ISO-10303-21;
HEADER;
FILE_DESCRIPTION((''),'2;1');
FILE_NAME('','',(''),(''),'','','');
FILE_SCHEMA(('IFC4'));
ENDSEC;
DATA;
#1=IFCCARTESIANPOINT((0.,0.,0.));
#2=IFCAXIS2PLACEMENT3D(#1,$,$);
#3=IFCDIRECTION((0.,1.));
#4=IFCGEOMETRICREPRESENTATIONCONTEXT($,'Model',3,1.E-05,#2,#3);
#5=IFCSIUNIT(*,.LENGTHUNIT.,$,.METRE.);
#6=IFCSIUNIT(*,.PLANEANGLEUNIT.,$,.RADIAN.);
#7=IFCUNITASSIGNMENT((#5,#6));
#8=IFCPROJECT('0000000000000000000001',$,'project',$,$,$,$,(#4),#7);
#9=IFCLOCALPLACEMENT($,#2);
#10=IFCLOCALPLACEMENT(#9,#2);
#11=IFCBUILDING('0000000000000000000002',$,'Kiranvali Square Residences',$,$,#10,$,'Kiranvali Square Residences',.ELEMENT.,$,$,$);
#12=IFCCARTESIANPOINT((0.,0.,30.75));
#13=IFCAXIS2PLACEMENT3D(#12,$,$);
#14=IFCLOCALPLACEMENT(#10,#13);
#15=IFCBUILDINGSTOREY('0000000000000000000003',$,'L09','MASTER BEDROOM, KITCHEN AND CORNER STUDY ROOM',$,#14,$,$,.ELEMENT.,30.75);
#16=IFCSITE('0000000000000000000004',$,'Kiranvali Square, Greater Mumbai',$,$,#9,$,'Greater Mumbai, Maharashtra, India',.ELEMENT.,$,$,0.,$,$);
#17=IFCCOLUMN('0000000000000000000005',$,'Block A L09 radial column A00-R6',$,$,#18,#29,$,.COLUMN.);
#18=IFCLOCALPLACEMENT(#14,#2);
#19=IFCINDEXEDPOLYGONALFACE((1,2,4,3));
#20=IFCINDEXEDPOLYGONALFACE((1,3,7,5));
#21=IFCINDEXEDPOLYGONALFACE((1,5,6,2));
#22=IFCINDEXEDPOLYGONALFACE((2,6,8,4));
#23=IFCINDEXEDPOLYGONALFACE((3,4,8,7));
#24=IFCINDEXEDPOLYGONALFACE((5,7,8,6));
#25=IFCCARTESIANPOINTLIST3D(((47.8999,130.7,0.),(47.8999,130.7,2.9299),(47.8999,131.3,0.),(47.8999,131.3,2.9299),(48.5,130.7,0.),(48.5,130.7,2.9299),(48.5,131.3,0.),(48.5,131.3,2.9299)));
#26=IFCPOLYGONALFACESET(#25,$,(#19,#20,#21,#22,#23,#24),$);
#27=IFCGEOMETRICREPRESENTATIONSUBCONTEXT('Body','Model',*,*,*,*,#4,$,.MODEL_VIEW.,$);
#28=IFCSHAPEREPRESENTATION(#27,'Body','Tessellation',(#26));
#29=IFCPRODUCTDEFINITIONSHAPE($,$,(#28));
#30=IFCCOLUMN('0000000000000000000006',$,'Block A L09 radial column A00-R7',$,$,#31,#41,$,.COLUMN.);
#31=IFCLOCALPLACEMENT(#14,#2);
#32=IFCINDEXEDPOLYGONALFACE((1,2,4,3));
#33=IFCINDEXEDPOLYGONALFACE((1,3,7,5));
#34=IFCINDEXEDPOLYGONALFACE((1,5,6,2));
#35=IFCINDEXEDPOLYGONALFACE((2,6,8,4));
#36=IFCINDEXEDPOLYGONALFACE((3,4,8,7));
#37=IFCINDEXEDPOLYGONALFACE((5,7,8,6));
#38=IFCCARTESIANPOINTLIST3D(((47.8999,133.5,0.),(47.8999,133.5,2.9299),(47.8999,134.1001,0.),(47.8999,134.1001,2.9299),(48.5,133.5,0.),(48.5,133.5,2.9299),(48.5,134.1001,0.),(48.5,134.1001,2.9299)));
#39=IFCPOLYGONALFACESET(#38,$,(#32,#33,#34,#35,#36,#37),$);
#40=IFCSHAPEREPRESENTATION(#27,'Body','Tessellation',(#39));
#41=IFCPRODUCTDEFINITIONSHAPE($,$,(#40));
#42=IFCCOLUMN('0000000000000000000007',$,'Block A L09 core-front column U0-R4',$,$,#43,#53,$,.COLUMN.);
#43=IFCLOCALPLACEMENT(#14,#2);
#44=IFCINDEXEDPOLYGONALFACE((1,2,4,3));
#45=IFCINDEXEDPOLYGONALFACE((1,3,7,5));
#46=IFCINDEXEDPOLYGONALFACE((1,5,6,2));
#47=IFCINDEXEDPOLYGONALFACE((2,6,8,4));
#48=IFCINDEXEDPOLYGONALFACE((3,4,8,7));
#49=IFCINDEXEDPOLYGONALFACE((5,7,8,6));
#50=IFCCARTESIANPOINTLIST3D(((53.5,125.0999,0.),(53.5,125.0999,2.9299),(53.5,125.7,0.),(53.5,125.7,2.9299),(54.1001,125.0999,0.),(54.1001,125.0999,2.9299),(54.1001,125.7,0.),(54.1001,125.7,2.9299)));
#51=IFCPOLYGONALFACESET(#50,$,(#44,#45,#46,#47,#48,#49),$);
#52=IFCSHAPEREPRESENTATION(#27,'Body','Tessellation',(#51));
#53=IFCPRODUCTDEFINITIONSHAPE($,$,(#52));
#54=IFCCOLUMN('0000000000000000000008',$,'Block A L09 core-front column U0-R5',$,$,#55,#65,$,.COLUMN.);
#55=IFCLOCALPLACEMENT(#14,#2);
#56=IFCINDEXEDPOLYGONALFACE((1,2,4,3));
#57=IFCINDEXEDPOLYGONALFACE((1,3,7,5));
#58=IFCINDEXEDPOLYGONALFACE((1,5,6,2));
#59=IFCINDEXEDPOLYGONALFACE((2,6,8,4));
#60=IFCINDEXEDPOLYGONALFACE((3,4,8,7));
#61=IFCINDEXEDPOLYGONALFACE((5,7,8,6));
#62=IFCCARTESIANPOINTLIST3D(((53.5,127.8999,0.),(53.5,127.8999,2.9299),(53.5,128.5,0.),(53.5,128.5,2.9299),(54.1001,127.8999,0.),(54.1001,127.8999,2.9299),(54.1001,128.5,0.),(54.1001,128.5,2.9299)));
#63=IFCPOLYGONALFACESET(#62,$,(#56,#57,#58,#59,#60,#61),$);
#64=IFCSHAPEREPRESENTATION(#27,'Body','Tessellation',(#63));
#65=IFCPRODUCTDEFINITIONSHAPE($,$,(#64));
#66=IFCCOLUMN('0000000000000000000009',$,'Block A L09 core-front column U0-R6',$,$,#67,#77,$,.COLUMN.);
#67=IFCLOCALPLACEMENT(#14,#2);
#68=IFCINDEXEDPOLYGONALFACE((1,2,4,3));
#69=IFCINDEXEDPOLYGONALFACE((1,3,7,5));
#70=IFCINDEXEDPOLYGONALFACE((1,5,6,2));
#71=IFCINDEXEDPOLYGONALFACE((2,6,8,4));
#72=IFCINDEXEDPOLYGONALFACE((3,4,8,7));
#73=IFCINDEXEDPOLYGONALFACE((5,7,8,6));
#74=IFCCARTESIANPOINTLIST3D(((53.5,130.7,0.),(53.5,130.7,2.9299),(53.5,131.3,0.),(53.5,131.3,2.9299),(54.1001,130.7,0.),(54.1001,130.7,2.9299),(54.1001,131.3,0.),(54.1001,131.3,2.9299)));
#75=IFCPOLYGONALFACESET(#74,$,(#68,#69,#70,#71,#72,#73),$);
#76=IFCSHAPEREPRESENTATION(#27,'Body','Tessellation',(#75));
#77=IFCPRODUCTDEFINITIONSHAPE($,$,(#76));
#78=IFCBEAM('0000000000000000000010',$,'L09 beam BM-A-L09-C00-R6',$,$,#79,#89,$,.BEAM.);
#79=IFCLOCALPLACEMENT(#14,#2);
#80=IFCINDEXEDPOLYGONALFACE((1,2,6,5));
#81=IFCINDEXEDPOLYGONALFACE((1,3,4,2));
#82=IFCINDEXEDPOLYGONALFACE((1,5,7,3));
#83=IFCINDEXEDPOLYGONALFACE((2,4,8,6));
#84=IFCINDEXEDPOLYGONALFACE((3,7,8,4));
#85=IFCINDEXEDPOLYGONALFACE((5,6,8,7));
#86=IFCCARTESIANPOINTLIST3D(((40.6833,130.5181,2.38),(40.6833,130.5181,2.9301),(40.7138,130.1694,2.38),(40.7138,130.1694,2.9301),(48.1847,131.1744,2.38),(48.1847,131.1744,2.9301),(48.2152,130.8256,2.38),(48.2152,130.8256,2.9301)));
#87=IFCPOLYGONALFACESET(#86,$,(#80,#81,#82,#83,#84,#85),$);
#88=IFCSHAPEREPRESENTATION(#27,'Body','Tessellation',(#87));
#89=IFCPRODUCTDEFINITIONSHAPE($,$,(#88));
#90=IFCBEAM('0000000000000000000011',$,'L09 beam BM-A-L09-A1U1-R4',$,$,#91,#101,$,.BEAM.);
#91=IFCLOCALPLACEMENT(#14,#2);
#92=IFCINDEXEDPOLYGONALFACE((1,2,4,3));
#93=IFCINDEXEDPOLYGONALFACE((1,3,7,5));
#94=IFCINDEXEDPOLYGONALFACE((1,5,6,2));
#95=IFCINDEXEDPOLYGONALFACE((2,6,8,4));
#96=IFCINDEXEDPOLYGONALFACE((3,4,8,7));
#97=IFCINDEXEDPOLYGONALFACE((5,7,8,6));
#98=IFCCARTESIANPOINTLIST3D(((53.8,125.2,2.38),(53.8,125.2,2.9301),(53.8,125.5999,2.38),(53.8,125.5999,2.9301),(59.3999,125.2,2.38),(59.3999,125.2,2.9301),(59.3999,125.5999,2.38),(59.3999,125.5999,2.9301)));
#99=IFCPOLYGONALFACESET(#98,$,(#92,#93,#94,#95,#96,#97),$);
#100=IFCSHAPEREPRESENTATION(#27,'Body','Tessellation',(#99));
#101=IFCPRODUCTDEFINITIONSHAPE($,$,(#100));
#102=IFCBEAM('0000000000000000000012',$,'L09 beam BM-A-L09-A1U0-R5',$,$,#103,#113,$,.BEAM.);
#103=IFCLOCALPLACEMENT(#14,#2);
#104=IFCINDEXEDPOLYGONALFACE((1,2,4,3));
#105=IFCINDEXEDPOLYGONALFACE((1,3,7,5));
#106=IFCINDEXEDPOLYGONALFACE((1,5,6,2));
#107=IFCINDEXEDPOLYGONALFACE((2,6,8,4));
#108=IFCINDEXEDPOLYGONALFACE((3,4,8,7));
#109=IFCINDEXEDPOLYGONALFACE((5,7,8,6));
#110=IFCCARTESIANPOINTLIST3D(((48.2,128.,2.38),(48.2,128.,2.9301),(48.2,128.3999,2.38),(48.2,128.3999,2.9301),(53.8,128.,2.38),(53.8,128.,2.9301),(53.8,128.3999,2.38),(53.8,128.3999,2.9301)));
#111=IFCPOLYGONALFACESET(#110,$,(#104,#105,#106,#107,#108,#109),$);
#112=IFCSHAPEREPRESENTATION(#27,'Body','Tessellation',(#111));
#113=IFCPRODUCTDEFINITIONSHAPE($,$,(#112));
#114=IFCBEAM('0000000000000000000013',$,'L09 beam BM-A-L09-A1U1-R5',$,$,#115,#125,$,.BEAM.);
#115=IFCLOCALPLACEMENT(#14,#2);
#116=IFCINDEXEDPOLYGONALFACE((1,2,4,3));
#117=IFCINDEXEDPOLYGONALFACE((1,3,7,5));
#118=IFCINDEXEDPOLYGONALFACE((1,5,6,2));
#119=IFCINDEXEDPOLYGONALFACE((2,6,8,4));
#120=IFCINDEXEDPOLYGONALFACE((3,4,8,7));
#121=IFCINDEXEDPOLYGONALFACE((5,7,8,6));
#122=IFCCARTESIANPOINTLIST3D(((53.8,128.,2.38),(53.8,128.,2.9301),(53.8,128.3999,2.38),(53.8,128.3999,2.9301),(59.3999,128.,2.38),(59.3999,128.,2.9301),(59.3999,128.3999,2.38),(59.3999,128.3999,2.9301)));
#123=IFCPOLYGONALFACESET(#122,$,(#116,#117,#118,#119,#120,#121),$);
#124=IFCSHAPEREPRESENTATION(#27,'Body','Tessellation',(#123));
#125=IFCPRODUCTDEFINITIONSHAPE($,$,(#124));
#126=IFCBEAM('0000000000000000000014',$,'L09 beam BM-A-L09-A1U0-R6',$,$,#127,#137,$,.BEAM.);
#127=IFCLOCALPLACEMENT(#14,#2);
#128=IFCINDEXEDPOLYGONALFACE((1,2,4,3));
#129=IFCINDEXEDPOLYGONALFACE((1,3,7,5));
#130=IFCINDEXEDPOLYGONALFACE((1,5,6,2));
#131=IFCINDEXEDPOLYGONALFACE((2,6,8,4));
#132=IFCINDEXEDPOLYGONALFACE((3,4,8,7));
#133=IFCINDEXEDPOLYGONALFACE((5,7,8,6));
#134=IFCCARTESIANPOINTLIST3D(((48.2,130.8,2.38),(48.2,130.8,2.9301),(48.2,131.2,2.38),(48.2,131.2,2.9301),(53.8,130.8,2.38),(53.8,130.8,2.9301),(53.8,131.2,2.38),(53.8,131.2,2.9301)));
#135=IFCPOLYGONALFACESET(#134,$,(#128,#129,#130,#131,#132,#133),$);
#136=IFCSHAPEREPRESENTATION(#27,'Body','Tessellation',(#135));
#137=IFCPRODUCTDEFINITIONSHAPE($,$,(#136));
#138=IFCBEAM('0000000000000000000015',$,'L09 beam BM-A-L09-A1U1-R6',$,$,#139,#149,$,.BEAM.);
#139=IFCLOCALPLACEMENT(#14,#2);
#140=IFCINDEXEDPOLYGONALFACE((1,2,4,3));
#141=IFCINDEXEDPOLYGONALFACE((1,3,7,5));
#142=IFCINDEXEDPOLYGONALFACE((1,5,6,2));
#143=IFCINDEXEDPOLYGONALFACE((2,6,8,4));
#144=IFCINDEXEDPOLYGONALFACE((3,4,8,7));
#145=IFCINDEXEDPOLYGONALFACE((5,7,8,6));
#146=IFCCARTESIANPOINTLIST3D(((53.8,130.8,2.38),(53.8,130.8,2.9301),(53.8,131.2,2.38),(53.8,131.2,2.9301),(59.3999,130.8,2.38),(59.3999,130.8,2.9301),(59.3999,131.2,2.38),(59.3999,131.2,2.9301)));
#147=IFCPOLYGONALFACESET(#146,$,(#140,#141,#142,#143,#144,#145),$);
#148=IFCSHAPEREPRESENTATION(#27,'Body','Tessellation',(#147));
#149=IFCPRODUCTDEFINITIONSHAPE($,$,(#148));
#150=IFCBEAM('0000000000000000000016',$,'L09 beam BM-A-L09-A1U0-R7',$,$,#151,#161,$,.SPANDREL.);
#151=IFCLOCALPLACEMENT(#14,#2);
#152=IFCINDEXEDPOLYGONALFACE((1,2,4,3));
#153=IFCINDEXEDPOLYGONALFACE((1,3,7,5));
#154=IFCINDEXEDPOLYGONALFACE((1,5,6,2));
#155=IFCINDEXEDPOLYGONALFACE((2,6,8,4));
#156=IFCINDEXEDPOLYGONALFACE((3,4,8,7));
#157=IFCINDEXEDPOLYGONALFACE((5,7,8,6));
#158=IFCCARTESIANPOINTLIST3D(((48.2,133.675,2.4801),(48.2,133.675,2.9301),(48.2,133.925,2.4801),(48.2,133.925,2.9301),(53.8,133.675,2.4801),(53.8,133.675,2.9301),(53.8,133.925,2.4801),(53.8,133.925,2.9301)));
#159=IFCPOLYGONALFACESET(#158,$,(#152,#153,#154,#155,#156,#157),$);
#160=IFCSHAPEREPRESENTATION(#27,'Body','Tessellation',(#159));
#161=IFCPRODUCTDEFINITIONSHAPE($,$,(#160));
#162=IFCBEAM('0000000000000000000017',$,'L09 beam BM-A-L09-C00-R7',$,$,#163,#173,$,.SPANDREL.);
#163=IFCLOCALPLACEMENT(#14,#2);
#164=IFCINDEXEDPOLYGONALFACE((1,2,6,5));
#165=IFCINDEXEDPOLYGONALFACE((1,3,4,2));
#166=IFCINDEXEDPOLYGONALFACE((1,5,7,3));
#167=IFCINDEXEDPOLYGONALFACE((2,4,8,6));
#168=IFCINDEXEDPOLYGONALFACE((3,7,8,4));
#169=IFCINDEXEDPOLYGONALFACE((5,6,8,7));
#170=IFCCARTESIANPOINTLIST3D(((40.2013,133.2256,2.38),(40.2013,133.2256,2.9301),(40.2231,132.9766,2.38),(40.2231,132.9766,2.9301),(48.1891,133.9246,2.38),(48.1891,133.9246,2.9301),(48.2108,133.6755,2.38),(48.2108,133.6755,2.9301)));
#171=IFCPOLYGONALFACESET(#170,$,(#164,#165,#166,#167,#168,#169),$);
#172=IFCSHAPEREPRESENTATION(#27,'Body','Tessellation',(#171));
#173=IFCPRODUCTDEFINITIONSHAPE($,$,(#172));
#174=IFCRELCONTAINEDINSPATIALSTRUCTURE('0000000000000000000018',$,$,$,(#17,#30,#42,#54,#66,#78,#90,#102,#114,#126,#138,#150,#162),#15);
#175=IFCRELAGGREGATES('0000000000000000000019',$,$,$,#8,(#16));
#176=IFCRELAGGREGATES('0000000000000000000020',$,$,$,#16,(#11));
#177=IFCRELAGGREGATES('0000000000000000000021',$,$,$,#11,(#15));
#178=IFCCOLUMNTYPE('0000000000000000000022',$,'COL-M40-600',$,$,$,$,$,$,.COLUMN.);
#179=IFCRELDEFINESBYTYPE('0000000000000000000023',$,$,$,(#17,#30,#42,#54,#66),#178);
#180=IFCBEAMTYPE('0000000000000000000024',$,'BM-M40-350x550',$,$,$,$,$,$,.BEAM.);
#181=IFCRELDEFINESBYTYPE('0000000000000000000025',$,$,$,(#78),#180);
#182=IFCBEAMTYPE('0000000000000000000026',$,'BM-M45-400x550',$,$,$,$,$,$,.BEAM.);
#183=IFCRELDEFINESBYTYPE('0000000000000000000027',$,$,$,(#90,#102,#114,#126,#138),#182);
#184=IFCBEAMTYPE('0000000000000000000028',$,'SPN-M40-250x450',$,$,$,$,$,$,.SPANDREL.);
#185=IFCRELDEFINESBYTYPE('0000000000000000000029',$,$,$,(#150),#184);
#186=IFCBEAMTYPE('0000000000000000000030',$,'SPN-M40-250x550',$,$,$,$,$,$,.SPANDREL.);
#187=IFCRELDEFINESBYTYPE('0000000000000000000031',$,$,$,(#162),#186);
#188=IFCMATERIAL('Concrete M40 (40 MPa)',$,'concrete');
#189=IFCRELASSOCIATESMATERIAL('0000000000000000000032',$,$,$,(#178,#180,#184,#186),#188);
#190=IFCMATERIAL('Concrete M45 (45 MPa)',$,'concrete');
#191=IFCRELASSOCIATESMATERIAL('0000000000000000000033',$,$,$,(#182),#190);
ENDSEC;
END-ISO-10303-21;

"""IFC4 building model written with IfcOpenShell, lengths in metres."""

from ifc_helpers import new_model, si_unit, direction, frame, origin, origin_2d, place, context, subcontext, project, spatial, rectangle, extrude, material, material_profile, profile_set, type_object, element, save


model = new_model("IFC4")

# Units and contexts
model_context = context("Model", 3, precision=1e-05, world=origin(), true_north=direction((0.0, 1.0)))
body_context = subcontext(model_context, "Body", "Model", "MODEL_VIEW")
ifc_project = project(units=[si_unit("LENGTHUNIT", "METRE"), si_unit("PLANEANGLEUNIT", "RADIAN")], contexts=[model_context])

# Site, building, storey
site_placement = place(None, origin())
site = spatial("IfcSite", under=ifc_project, at=site_placement, Name="Kiranvali Square, Greater Mumbai", LongName="Greater Mumbai, Maharashtra, India", CompositionType="ELEMENT", RefElevation=0.0)
building_placement = place(site_placement, origin())
building = spatial("IfcBuilding", under=site, at=building_placement, Name="Kiranvali Square Residences", LongName="Kiranvali Square Residences", CompositionType="ELEMENT")
storey_placement = place(building_placement, frame((0.0, 0.0, 30.75)))
storey = spatial("IfcBuildingStorey", under=building, at=storey_placement, Name="L09", Description="MASTER BEDROOM, KITCHEN AND CORNER STUDY ROOM", CompositionType="ELEMENT", Elevation=30.75)

# Columns
ifc_material_1 = material(Name="Concrete M40 (40 MPa)", Category="concrete")
ifc_material_profile_1 = material_profile(ifc_material_1, rectangle(XDim=0.6001, YDim=0.6001, at=origin_2d()), Name="RC 600x600")
ifc_profile_set_1 = profile_set([ifc_material_profile_1], Name="Concrete M40 (40 MPa)")
column_type = type_object("IfcColumnType", Name="COL-M40-600", PredefinedType="COLUMN", material=ifc_profile_set_1)
for number, where, z_axis, x_axis, name in (
    (1, (48.2, 131.0, 0.0), (0.0, 0.0, 1.0), (1.0, 0.0, 0.0), "Block A L09 radial column A00-R6"),
    (2, (48.2, 133.8, 0.0), (0.0, 0.0, 1.0), (1.0, 0.0, 0.0), "Block A L09 radial column A00-R7"),
    (3, (53.8, 125.3999, 0.0), (0.0, 0.0, 1.0), (1.0, 0.0, 0.0), "Block A L09 core-front column U0-R4"),
    (4, (53.8, 128.2, 0.0), (0.0, 0.0, 1.0), (1.0, 0.0, 0.0), "Block A L09 core-front column U0-R5"),
    (5, (53.8, 131.0, 0.0), (0.0, 0.0, 1.0), (1.0, 0.0, 0.0), "Block A L09 core-front column U0-R6"),
):
    element("IfcColumn", number, at=place(storey_placement, frame(where, z_axis=z_axis, x_axis=x_axis)), inside=storey, type_object=column_type, Name=name, PredefinedType="COLUMN", context=body_context, shape_type="SweptSolid", body=[
        extrude(rectangle(XDim=0.6001, YDim=0.6001, at=origin_2d()), origin(), (0.0, 0.0, 1.0), 2.9299),
    ])

# Beams
ifc_material_profile_2 = material_profile(ifc_material_1, rectangle(XDim=0.3501, YDim=0.55, at=origin_2d()), Name="RC 350x550")
ifc_profile_set_2 = profile_set([ifc_material_profile_2], Name="Concrete M40 (40 MPa)")
beam_type_1 = type_object("IfcBeamType", Name="BM-M40-350x550", PredefinedType="BEAM", material=ifc_profile_set_2)
beam_1_placement = place(storey_placement, frame((48.2, 131.0, 2.655), z_axis=(-0.996195, -0.08715, 0.0), x_axis=(0.08715, -0.996195, 0.0)))
element("IfcBeam", 6, at=beam_1_placement, inside=storey, type_object=beam_type_1, Name="L09 beam BM-A-L09-C00-R6", PredefinedType="BEAM", context=body_context, shape_type="SweptSolid", body=[
    extrude(rectangle(XDim=0.3501, YDim=0.55, at=origin_2d()), origin(), (0.0, 0.0, 1.0), 7.53),
])
ifc_material_2 = material(Name="Concrete M45 (45 MPa)", Category="concrete")
ifc_material_profile_3 = material_profile(ifc_material_2, rectangle(XDim=0.3999, YDim=0.55, at=origin_2d()), Name="RC 400x550")
ifc_profile_set_3 = profile_set([ifc_material_profile_3], Name="Concrete M45 (45 MPa)")
beam_type_2 = type_object("IfcBeamType", Name="BM-M45-400x550", PredefinedType="BEAM", material=ifc_profile_set_3)
beam_2_placement = place(storey_placement, frame((53.8, 125.3999, 2.655), z_axis=(1.0, 0.0, 0.0), x_axis=(0.0, 1.0, 0.0)))
element("IfcBeam", 7, at=beam_2_placement, inside=storey, type_object=beam_type_2, Name="L09 beam BM-A-L09-A1U1-R4", PredefinedType="BEAM", context=body_context, shape_type="SweptSolid", body=[
    extrude(rectangle(XDim=0.3999, YDim=0.55, at=origin_2d()), origin(), (0.0, 0.0, 1.0), 5.5999),
])
beam_3_placement = place(storey_placement, frame((48.2, 128.2, 2.655), z_axis=(1.0, 0.0, 0.0), x_axis=(0.0, 1.0, 0.0)))
element("IfcBeam", 8, at=beam_3_placement, inside=storey, type_object=beam_type_2, Name="L09 beam BM-A-L09-A1U0-R5", PredefinedType="BEAM", context=body_context, shape_type="SweptSolid", body=[
    extrude(rectangle(XDim=0.3999, YDim=0.55, at=origin_2d()), origin(), (0.0, 0.0, 1.0), 5.6001),
])
beam_4_placement = place(storey_placement, frame((53.8, 128.2, 2.655), z_axis=(1.0, 0.0, 0.0), x_axis=(0.0, 1.0, 0.0)))
element("IfcBeam", 9, at=beam_4_placement, inside=storey, type_object=beam_type_2, Name="L09 beam BM-A-L09-A1U1-R5", PredefinedType="BEAM", context=body_context, shape_type="SweptSolid", body=[
    extrude(rectangle(XDim=0.3999, YDim=0.55, at=origin_2d()), origin(), (0.0, 0.0, 1.0), 5.5999),
])
beam_5_placement = place(storey_placement, frame((48.2, 131.0, 2.655), z_axis=(1.0, 0.0, 0.0), x_axis=(0.0, 1.0, 0.0)))
element("IfcBeam", 10, at=beam_5_placement, inside=storey, type_object=beam_type_2, Name="L09 beam BM-A-L09-A1U0-R6", PredefinedType="BEAM", context=body_context, shape_type="SweptSolid", body=[
    extrude(rectangle(XDim=0.3999, YDim=0.55, at=origin_2d()), origin(), (0.0, 0.0, 1.0), 5.6001),
])
beam_6_placement = place(storey_placement, frame((53.8, 131.0, 2.655), z_axis=(1.0, 0.0, 0.0), x_axis=(0.0, 1.0, 0.0)))
element("IfcBeam", 11, at=beam_6_placement, inside=storey, type_object=beam_type_2, Name="L09 beam BM-A-L09-A1U1-R6", PredefinedType="BEAM", context=body_context, shape_type="SweptSolid", body=[
    extrude(rectangle(XDim=0.3999, YDim=0.55, at=origin_2d()), origin(), (0.0, 0.0, 1.0), 5.5999),
])
ifc_material_profile_4 = material_profile(ifc_material_1, rectangle(XDim=0.25, YDim=0.45, at=origin_2d()), Name="RC 250x450")
ifc_profile_set_4 = profile_set([ifc_material_profile_4], Name="Concrete M40 (40 MPa)")
beam_type_3 = type_object("IfcBeamType", Name="SPN-M40-250x450", PredefinedType="SPANDREL", material=ifc_profile_set_4)
beam_7_placement = place(storey_placement, frame((48.2, 133.8, 2.7051), z_axis=(1.0, 0.0, 0.0), x_axis=(0.0, 1.0, 0.0)))
element("IfcBeam", 12, at=beam_7_placement, inside=storey, type_object=beam_type_3, Name="L09 beam BM-A-L09-A1U0-R7", PredefinedType="SPANDREL", context=body_context, shape_type="SweptSolid", body=[
    extrude(rectangle(XDim=0.25, YDim=0.45, at=origin_2d()), origin(), (0.0, 0.0, 1.0), 5.6001),
])
ifc_material_profile_5 = material_profile(ifc_material_1, rectangle(XDim=0.25, YDim=0.55, at=origin_2d()), Name="RC 250x550")
ifc_profile_set_5 = profile_set([ifc_material_profile_5], Name="Concrete M40 (40 MPa)")
beam_type_4 = type_object("IfcBeamType", Name="SPN-M40-250x550", PredefinedType="SPANDREL", material=ifc_profile_set_5)
beam_8_placement = place(storey_placement, frame((48.2, 133.8, 2.655), z_axis=(-0.996193, -0.087172, 0.0), x_axis=(0.087172, -0.996193, 0.0)))
element("IfcBeam", 13, at=beam_8_placement, inside=storey, type_object=beam_type_4, Name="L09 beam BM-A-L09-C00-R7", PredefinedType="SPANDREL", context=body_context, shape_type="SweptSolid", body=[
    extrude(rectangle(XDim=0.25, YDim=0.55, at=origin_2d()), origin(), (0.0, 0.0, 1.0), 8.0183),
])

save(model, "model.ifc")
